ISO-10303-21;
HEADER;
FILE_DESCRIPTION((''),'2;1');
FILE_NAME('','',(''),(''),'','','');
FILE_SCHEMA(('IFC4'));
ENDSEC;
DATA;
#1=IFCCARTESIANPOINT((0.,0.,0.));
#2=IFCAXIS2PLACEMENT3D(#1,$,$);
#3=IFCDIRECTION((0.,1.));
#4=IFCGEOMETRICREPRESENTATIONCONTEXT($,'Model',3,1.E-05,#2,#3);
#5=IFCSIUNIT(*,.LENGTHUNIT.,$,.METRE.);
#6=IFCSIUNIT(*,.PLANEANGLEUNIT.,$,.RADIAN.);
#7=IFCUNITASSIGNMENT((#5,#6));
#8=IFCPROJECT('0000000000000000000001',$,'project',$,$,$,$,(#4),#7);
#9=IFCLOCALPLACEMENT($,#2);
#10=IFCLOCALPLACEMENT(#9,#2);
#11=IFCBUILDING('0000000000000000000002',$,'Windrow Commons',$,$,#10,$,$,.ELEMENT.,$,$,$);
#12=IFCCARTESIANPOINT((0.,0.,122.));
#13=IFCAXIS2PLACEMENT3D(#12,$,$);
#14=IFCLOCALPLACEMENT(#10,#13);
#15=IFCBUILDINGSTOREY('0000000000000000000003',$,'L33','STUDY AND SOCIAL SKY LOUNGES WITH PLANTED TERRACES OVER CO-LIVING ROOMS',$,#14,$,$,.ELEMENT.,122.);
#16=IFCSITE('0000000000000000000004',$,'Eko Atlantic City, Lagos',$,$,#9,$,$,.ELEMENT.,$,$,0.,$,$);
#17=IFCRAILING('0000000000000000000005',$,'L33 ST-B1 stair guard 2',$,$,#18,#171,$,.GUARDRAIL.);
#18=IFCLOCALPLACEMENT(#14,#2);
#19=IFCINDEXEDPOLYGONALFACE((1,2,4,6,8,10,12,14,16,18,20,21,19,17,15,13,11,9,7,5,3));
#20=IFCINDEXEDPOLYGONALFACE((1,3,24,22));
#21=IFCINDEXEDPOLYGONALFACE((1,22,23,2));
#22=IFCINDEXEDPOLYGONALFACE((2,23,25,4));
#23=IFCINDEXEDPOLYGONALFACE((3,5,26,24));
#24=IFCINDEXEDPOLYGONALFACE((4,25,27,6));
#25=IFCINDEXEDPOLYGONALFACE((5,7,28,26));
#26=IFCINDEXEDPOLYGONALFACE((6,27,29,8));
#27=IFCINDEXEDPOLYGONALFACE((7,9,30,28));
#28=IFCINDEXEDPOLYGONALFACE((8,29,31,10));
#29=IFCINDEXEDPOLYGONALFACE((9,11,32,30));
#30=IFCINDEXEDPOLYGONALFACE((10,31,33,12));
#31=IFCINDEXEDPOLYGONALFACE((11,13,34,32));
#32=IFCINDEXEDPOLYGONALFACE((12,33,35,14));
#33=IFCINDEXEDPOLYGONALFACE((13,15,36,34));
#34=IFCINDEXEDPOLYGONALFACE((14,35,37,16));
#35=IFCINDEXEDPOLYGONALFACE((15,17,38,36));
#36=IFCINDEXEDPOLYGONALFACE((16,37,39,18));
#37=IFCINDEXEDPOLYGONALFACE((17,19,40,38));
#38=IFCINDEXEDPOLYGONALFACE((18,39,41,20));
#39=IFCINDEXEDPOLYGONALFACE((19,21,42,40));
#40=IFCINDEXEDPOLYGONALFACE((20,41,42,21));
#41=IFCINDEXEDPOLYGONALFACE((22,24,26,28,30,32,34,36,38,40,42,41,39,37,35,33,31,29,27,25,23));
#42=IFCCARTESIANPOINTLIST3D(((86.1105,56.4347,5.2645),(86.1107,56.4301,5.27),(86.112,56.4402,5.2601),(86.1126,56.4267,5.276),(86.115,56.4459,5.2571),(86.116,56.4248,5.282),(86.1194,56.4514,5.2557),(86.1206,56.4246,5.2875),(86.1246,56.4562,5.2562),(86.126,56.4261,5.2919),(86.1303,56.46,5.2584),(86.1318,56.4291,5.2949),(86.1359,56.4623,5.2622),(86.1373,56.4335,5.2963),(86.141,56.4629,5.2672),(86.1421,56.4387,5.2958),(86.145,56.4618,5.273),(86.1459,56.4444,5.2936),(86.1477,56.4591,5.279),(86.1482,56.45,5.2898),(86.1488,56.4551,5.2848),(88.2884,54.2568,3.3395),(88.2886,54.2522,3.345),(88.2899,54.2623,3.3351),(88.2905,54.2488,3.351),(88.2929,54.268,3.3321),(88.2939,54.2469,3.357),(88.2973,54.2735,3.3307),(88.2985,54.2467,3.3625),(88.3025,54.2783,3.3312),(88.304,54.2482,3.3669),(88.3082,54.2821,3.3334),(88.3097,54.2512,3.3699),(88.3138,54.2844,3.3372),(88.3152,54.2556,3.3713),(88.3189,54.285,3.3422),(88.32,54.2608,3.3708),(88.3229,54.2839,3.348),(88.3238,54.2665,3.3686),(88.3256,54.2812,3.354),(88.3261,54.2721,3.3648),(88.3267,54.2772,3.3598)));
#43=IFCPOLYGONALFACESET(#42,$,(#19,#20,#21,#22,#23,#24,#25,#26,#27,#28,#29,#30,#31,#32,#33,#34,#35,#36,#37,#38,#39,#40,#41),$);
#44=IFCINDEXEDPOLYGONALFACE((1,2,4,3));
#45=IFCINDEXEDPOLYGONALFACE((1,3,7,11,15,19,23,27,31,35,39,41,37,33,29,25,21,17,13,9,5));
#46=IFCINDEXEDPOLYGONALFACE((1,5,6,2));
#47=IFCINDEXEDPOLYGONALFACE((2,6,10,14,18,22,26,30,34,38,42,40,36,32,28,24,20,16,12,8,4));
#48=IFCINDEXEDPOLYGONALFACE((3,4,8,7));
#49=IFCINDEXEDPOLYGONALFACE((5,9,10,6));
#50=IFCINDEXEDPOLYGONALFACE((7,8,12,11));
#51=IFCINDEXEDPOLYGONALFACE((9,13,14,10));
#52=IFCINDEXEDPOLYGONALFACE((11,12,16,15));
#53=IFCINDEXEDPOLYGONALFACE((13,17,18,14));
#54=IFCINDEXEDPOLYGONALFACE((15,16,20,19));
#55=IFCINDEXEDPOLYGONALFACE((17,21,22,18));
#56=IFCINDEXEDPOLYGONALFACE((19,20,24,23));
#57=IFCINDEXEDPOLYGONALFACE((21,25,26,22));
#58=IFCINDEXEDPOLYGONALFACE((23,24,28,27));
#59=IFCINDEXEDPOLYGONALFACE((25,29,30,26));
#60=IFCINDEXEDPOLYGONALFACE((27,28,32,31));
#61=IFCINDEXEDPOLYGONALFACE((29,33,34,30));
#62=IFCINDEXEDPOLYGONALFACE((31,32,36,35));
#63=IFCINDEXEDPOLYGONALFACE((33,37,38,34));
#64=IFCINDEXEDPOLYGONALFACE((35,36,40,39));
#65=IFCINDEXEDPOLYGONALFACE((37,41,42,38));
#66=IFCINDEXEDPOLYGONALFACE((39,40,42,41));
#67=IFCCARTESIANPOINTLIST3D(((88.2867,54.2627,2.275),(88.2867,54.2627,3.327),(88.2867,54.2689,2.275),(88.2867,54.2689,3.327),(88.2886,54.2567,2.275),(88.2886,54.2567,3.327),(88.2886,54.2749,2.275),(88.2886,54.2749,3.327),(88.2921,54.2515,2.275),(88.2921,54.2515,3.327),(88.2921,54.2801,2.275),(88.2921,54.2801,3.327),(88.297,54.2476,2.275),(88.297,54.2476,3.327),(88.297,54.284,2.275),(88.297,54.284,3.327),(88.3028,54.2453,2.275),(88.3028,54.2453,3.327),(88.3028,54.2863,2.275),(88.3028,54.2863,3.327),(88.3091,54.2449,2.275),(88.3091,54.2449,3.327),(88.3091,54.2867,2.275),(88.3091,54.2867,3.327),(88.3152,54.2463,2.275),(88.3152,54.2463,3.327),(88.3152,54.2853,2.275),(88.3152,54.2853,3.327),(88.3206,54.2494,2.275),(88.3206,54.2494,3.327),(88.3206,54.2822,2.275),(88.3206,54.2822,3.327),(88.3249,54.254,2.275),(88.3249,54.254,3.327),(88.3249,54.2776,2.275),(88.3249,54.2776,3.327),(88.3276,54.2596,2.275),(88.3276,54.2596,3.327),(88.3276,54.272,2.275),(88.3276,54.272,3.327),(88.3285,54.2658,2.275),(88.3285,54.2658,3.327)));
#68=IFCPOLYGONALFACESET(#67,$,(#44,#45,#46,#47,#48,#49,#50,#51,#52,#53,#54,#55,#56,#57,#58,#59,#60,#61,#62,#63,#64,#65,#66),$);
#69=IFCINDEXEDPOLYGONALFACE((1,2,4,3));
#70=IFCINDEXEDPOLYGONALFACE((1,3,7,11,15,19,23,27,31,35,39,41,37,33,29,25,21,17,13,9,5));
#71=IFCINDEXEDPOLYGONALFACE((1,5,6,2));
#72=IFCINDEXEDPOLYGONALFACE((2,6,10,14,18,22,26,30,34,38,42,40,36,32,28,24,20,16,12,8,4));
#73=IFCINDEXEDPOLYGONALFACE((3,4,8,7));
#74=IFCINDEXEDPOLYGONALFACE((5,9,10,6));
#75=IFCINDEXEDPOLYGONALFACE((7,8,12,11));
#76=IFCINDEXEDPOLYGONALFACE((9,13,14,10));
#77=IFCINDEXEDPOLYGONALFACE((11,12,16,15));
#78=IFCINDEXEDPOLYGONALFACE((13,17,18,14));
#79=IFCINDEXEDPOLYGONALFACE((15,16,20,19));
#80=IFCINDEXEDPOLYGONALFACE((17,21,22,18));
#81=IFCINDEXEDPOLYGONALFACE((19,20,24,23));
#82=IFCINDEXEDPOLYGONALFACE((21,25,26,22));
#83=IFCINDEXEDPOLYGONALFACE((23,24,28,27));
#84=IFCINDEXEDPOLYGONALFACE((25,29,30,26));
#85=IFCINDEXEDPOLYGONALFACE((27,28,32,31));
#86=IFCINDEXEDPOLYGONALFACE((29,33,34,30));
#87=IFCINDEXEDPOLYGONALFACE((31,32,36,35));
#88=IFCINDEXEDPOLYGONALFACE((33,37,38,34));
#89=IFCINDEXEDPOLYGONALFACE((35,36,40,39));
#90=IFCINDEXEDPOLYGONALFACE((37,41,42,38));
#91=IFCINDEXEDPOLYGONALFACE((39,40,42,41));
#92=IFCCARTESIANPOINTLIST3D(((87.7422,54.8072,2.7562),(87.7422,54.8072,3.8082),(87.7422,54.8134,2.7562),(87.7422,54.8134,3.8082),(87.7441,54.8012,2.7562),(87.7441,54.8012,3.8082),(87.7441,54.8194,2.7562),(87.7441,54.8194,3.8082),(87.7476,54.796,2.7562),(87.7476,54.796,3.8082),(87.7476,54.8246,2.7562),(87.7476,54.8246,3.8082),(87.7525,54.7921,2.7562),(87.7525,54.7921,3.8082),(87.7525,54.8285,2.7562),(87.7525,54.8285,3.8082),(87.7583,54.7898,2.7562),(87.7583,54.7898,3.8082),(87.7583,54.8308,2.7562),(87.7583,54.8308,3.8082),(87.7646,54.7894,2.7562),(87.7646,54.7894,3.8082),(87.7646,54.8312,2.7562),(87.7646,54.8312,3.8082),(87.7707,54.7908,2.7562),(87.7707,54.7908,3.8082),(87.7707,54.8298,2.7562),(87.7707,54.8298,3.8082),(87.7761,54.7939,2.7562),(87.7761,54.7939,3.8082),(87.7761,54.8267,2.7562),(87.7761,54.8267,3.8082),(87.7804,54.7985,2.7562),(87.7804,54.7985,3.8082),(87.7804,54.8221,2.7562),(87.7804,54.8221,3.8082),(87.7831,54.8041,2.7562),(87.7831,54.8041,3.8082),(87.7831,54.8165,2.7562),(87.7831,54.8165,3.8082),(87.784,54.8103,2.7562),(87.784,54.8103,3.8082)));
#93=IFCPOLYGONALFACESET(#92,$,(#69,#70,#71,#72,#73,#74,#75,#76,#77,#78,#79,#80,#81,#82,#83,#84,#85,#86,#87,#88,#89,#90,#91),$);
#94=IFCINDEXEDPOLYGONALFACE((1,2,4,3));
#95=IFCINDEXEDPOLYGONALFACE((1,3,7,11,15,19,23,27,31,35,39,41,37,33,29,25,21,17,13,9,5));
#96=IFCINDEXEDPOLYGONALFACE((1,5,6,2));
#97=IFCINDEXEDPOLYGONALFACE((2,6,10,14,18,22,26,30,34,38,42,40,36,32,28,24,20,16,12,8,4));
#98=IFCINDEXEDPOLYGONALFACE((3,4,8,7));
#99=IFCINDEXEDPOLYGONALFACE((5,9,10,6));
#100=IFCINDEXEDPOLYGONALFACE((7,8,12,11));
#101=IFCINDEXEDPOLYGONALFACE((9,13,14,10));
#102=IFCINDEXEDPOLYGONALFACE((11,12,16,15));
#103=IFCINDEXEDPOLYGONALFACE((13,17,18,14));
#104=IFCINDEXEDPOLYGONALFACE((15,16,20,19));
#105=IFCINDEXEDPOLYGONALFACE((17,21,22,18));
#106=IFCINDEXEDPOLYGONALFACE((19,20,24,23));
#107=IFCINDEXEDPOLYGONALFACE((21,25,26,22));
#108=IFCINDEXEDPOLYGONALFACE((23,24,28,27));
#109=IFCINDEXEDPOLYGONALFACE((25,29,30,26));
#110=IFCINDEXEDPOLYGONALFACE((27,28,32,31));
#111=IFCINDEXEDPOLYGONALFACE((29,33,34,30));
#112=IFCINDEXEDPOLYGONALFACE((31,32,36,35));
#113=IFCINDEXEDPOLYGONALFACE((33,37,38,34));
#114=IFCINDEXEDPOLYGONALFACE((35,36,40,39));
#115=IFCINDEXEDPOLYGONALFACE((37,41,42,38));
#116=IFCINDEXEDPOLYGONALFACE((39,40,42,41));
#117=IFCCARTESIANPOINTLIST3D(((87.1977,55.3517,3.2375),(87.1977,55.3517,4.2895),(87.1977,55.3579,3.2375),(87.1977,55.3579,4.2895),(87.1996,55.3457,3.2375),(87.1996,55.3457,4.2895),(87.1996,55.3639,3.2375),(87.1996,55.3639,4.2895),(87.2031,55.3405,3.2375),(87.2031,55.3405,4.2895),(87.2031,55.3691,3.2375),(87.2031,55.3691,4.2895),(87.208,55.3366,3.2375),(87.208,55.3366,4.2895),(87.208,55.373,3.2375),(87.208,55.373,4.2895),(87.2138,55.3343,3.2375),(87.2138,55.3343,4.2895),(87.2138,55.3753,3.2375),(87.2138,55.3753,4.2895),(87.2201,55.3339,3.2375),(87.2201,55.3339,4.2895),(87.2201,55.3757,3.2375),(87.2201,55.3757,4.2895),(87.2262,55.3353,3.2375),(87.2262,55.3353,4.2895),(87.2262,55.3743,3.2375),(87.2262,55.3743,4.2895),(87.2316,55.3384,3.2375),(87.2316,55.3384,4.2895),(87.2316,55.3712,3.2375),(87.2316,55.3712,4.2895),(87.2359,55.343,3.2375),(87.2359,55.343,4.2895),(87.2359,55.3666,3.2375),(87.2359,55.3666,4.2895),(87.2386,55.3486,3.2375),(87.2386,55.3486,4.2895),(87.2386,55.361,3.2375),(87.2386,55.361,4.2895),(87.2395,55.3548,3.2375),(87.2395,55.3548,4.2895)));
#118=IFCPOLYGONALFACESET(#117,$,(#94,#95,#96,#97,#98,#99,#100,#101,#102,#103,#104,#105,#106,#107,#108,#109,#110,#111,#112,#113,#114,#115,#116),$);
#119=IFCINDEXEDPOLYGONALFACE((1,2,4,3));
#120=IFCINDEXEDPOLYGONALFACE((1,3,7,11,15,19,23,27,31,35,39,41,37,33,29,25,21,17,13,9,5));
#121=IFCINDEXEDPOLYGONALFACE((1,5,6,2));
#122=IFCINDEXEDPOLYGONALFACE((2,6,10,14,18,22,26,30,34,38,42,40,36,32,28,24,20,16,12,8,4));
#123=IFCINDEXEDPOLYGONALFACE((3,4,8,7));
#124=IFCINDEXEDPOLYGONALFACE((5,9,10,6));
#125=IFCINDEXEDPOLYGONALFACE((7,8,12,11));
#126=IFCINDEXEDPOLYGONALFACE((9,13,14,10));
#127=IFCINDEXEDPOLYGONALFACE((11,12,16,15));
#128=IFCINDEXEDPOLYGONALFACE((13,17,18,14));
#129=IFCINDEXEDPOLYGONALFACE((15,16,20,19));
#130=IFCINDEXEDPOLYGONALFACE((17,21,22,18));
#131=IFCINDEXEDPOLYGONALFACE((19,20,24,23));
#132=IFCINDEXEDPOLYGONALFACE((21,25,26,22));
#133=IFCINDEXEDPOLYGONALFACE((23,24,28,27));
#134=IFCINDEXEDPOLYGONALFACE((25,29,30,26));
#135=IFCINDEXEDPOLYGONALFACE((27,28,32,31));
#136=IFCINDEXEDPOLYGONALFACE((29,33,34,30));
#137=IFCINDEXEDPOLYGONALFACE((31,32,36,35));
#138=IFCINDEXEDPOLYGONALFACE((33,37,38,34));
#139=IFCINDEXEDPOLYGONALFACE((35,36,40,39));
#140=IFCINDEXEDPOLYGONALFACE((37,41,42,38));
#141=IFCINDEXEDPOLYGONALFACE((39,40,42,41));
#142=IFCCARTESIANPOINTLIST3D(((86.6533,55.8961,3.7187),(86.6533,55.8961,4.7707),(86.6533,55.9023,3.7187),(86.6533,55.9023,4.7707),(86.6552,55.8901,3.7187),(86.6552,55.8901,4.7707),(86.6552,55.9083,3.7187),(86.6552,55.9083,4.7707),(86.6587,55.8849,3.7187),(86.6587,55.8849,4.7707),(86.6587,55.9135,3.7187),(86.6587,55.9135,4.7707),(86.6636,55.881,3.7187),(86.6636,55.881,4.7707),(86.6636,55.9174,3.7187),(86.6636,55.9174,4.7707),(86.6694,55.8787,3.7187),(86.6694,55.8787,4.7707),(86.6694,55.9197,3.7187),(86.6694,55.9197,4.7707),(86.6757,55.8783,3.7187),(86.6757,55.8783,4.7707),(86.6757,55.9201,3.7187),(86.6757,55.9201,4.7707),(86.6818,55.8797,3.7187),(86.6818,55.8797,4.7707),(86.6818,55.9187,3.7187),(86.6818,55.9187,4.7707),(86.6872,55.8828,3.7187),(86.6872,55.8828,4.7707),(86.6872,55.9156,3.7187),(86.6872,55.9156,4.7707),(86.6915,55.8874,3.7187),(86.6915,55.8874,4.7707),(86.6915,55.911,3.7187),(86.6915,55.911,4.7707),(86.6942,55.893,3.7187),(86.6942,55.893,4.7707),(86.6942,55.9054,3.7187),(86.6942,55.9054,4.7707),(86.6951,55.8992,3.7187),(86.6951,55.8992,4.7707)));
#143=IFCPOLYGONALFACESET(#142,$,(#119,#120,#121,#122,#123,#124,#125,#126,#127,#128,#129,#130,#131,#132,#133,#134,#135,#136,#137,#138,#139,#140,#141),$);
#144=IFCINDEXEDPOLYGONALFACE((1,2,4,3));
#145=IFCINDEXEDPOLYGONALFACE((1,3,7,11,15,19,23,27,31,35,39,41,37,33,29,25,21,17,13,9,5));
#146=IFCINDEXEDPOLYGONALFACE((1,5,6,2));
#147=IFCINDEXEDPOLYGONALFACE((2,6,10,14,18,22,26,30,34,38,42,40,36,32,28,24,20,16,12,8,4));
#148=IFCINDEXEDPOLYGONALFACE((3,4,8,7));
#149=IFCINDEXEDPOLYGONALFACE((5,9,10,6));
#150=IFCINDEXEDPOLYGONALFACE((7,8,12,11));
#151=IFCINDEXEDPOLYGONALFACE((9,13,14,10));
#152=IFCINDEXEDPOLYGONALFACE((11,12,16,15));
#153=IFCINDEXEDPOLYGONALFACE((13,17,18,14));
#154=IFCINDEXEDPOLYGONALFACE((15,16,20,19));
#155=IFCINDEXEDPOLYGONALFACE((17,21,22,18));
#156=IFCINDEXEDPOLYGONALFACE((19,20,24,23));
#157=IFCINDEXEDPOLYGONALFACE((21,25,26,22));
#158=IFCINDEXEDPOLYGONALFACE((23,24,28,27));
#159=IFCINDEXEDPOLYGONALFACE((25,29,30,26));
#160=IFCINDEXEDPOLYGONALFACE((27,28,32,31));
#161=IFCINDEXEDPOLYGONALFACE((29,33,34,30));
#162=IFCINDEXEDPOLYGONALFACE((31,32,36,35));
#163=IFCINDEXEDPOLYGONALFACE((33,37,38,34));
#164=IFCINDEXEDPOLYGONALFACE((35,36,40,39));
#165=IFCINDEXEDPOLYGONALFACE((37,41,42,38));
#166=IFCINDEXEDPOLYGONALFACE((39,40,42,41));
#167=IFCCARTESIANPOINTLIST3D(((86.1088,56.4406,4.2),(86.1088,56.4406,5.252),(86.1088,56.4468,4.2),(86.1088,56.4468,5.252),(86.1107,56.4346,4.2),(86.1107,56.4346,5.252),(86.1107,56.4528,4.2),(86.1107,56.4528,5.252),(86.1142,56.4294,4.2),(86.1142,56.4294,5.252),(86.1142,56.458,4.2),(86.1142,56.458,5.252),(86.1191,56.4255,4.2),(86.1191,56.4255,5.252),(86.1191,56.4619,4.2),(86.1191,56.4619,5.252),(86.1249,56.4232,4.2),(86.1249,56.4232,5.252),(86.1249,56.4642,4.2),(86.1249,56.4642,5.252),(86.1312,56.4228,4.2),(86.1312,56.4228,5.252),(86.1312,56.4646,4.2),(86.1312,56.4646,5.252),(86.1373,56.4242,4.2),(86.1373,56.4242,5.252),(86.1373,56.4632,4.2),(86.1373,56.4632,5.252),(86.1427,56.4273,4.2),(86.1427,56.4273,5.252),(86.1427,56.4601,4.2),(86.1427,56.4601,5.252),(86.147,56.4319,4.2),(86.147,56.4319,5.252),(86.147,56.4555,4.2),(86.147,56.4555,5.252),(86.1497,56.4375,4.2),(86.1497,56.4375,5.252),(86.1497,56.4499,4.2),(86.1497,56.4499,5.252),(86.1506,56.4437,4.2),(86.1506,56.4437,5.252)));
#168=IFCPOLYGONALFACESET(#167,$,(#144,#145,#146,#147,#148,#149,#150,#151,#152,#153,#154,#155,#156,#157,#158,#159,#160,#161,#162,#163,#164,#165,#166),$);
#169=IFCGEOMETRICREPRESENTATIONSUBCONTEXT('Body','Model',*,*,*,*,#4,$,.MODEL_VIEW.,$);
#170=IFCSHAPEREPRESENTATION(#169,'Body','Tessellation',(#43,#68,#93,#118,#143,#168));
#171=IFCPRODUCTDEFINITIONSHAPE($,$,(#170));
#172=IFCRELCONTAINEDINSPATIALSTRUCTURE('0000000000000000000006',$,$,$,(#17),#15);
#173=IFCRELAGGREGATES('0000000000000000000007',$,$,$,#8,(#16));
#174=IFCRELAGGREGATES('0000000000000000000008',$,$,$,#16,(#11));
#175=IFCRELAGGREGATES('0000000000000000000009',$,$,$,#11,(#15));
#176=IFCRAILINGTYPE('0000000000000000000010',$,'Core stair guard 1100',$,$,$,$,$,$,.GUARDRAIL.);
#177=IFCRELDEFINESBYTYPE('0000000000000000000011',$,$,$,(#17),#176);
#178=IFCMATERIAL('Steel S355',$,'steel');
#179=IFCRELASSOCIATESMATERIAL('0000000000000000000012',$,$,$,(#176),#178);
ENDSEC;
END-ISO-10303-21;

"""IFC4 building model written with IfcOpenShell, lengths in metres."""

from ifc_helpers import new_model, si_unit, direction, frame, origin, origin_2d, place, context, subcontext, project, spatial, circle, extrude, material, type_object, element, save


model = new_model("IFC4")

# Units and contexts
model_context = context("Model", 3, precision=1e-05, world=origin(), true_north=direction((0.0, 1.0)))
body_context = subcontext(model_context, "Body", "Model", "MODEL_VIEW")
ifc_project = project(units=[si_unit("LENGTHUNIT", "METRE"), si_unit("PLANEANGLEUNIT", "RADIAN")], contexts=[model_context])

# Site, building, storey
site_placement = place(None, origin())
site = spatial("IfcSite", under=ifc_project, at=site_placement, Name="Eko Atlantic City, Lagos", CompositionType="ELEMENT", RefElevation=0.0)
building_placement = place(site_placement, origin())
building = spatial("IfcBuilding", under=site, at=building_placement, Name="Windrow Commons", CompositionType="ELEMENT")
storey_placement = place(building_placement, frame((0.0, 0.0, 122.0)))
storey = spatial("IfcBuildingStorey", under=building, at=storey_placement, Name="L33", Description="STUDY AND SOCIAL SKY LOUNGES WITH PLANTED TERRACES OVER CO-LIVING ROOMS", CompositionType="ELEMENT", Elevation=122.0)

# Railing
ifc_material_1 = material(Name="Steel S355", Category="steel")
railing_type_1 = type_object("IfcRailingType", Name="Core stair guard 1100", PredefinedType="GUARDRAIL", material=ifc_material_1)
railing_1_placement = place(storey_placement, frame((88.3075, 54.2658, 2.275)))
element("IfcRailing", 1, at=railing_1_placement, inside=storey, type_object=railing_type_1, Name="L33 ST-B1 stair guard 2", PredefinedType="GUARDRAIL", context=body_context, shape_type="SweptSolid", body=[
    extrude(circle(Radius=0.024, at=origin_2d()), frame((0.0, 0.0, 1.076), z_axis=(-0.599626, 0.599626, 0.529997), x_axis=(-0.707107, -0.707107, 0.0)), (0.0, 0.0, 1.0), 3.6321),
    extrude(circle(Radius=0.021, at=origin_2d()), origin(), (0.0, 0.0, 1.0), 1.052),
    extrude(circle(Radius=0.021, at=origin_2d()), frame((-0.5445, 0.5445, 0.4812)), (0.0, 0.0, 1.0), 1.052),
    extrude(circle(Radius=0.021, at=origin_2d()), frame((-1.089, 1.089, 0.9625)), (0.0, 0.0, 1.0), 1.052),
    extrude(circle(Radius=0.021, at=origin_2d()), frame((-1.6334, 1.6334, 1.4437)), (0.0, 0.0, 1.0), 1.052),
    extrude(circle(Radius=0.021, at=origin_2d()), frame((-2.1779, 2.1779, 1.925)), (0.0, 0.0, 1.0), 1.052),
])

save(model, "model.ifc")
